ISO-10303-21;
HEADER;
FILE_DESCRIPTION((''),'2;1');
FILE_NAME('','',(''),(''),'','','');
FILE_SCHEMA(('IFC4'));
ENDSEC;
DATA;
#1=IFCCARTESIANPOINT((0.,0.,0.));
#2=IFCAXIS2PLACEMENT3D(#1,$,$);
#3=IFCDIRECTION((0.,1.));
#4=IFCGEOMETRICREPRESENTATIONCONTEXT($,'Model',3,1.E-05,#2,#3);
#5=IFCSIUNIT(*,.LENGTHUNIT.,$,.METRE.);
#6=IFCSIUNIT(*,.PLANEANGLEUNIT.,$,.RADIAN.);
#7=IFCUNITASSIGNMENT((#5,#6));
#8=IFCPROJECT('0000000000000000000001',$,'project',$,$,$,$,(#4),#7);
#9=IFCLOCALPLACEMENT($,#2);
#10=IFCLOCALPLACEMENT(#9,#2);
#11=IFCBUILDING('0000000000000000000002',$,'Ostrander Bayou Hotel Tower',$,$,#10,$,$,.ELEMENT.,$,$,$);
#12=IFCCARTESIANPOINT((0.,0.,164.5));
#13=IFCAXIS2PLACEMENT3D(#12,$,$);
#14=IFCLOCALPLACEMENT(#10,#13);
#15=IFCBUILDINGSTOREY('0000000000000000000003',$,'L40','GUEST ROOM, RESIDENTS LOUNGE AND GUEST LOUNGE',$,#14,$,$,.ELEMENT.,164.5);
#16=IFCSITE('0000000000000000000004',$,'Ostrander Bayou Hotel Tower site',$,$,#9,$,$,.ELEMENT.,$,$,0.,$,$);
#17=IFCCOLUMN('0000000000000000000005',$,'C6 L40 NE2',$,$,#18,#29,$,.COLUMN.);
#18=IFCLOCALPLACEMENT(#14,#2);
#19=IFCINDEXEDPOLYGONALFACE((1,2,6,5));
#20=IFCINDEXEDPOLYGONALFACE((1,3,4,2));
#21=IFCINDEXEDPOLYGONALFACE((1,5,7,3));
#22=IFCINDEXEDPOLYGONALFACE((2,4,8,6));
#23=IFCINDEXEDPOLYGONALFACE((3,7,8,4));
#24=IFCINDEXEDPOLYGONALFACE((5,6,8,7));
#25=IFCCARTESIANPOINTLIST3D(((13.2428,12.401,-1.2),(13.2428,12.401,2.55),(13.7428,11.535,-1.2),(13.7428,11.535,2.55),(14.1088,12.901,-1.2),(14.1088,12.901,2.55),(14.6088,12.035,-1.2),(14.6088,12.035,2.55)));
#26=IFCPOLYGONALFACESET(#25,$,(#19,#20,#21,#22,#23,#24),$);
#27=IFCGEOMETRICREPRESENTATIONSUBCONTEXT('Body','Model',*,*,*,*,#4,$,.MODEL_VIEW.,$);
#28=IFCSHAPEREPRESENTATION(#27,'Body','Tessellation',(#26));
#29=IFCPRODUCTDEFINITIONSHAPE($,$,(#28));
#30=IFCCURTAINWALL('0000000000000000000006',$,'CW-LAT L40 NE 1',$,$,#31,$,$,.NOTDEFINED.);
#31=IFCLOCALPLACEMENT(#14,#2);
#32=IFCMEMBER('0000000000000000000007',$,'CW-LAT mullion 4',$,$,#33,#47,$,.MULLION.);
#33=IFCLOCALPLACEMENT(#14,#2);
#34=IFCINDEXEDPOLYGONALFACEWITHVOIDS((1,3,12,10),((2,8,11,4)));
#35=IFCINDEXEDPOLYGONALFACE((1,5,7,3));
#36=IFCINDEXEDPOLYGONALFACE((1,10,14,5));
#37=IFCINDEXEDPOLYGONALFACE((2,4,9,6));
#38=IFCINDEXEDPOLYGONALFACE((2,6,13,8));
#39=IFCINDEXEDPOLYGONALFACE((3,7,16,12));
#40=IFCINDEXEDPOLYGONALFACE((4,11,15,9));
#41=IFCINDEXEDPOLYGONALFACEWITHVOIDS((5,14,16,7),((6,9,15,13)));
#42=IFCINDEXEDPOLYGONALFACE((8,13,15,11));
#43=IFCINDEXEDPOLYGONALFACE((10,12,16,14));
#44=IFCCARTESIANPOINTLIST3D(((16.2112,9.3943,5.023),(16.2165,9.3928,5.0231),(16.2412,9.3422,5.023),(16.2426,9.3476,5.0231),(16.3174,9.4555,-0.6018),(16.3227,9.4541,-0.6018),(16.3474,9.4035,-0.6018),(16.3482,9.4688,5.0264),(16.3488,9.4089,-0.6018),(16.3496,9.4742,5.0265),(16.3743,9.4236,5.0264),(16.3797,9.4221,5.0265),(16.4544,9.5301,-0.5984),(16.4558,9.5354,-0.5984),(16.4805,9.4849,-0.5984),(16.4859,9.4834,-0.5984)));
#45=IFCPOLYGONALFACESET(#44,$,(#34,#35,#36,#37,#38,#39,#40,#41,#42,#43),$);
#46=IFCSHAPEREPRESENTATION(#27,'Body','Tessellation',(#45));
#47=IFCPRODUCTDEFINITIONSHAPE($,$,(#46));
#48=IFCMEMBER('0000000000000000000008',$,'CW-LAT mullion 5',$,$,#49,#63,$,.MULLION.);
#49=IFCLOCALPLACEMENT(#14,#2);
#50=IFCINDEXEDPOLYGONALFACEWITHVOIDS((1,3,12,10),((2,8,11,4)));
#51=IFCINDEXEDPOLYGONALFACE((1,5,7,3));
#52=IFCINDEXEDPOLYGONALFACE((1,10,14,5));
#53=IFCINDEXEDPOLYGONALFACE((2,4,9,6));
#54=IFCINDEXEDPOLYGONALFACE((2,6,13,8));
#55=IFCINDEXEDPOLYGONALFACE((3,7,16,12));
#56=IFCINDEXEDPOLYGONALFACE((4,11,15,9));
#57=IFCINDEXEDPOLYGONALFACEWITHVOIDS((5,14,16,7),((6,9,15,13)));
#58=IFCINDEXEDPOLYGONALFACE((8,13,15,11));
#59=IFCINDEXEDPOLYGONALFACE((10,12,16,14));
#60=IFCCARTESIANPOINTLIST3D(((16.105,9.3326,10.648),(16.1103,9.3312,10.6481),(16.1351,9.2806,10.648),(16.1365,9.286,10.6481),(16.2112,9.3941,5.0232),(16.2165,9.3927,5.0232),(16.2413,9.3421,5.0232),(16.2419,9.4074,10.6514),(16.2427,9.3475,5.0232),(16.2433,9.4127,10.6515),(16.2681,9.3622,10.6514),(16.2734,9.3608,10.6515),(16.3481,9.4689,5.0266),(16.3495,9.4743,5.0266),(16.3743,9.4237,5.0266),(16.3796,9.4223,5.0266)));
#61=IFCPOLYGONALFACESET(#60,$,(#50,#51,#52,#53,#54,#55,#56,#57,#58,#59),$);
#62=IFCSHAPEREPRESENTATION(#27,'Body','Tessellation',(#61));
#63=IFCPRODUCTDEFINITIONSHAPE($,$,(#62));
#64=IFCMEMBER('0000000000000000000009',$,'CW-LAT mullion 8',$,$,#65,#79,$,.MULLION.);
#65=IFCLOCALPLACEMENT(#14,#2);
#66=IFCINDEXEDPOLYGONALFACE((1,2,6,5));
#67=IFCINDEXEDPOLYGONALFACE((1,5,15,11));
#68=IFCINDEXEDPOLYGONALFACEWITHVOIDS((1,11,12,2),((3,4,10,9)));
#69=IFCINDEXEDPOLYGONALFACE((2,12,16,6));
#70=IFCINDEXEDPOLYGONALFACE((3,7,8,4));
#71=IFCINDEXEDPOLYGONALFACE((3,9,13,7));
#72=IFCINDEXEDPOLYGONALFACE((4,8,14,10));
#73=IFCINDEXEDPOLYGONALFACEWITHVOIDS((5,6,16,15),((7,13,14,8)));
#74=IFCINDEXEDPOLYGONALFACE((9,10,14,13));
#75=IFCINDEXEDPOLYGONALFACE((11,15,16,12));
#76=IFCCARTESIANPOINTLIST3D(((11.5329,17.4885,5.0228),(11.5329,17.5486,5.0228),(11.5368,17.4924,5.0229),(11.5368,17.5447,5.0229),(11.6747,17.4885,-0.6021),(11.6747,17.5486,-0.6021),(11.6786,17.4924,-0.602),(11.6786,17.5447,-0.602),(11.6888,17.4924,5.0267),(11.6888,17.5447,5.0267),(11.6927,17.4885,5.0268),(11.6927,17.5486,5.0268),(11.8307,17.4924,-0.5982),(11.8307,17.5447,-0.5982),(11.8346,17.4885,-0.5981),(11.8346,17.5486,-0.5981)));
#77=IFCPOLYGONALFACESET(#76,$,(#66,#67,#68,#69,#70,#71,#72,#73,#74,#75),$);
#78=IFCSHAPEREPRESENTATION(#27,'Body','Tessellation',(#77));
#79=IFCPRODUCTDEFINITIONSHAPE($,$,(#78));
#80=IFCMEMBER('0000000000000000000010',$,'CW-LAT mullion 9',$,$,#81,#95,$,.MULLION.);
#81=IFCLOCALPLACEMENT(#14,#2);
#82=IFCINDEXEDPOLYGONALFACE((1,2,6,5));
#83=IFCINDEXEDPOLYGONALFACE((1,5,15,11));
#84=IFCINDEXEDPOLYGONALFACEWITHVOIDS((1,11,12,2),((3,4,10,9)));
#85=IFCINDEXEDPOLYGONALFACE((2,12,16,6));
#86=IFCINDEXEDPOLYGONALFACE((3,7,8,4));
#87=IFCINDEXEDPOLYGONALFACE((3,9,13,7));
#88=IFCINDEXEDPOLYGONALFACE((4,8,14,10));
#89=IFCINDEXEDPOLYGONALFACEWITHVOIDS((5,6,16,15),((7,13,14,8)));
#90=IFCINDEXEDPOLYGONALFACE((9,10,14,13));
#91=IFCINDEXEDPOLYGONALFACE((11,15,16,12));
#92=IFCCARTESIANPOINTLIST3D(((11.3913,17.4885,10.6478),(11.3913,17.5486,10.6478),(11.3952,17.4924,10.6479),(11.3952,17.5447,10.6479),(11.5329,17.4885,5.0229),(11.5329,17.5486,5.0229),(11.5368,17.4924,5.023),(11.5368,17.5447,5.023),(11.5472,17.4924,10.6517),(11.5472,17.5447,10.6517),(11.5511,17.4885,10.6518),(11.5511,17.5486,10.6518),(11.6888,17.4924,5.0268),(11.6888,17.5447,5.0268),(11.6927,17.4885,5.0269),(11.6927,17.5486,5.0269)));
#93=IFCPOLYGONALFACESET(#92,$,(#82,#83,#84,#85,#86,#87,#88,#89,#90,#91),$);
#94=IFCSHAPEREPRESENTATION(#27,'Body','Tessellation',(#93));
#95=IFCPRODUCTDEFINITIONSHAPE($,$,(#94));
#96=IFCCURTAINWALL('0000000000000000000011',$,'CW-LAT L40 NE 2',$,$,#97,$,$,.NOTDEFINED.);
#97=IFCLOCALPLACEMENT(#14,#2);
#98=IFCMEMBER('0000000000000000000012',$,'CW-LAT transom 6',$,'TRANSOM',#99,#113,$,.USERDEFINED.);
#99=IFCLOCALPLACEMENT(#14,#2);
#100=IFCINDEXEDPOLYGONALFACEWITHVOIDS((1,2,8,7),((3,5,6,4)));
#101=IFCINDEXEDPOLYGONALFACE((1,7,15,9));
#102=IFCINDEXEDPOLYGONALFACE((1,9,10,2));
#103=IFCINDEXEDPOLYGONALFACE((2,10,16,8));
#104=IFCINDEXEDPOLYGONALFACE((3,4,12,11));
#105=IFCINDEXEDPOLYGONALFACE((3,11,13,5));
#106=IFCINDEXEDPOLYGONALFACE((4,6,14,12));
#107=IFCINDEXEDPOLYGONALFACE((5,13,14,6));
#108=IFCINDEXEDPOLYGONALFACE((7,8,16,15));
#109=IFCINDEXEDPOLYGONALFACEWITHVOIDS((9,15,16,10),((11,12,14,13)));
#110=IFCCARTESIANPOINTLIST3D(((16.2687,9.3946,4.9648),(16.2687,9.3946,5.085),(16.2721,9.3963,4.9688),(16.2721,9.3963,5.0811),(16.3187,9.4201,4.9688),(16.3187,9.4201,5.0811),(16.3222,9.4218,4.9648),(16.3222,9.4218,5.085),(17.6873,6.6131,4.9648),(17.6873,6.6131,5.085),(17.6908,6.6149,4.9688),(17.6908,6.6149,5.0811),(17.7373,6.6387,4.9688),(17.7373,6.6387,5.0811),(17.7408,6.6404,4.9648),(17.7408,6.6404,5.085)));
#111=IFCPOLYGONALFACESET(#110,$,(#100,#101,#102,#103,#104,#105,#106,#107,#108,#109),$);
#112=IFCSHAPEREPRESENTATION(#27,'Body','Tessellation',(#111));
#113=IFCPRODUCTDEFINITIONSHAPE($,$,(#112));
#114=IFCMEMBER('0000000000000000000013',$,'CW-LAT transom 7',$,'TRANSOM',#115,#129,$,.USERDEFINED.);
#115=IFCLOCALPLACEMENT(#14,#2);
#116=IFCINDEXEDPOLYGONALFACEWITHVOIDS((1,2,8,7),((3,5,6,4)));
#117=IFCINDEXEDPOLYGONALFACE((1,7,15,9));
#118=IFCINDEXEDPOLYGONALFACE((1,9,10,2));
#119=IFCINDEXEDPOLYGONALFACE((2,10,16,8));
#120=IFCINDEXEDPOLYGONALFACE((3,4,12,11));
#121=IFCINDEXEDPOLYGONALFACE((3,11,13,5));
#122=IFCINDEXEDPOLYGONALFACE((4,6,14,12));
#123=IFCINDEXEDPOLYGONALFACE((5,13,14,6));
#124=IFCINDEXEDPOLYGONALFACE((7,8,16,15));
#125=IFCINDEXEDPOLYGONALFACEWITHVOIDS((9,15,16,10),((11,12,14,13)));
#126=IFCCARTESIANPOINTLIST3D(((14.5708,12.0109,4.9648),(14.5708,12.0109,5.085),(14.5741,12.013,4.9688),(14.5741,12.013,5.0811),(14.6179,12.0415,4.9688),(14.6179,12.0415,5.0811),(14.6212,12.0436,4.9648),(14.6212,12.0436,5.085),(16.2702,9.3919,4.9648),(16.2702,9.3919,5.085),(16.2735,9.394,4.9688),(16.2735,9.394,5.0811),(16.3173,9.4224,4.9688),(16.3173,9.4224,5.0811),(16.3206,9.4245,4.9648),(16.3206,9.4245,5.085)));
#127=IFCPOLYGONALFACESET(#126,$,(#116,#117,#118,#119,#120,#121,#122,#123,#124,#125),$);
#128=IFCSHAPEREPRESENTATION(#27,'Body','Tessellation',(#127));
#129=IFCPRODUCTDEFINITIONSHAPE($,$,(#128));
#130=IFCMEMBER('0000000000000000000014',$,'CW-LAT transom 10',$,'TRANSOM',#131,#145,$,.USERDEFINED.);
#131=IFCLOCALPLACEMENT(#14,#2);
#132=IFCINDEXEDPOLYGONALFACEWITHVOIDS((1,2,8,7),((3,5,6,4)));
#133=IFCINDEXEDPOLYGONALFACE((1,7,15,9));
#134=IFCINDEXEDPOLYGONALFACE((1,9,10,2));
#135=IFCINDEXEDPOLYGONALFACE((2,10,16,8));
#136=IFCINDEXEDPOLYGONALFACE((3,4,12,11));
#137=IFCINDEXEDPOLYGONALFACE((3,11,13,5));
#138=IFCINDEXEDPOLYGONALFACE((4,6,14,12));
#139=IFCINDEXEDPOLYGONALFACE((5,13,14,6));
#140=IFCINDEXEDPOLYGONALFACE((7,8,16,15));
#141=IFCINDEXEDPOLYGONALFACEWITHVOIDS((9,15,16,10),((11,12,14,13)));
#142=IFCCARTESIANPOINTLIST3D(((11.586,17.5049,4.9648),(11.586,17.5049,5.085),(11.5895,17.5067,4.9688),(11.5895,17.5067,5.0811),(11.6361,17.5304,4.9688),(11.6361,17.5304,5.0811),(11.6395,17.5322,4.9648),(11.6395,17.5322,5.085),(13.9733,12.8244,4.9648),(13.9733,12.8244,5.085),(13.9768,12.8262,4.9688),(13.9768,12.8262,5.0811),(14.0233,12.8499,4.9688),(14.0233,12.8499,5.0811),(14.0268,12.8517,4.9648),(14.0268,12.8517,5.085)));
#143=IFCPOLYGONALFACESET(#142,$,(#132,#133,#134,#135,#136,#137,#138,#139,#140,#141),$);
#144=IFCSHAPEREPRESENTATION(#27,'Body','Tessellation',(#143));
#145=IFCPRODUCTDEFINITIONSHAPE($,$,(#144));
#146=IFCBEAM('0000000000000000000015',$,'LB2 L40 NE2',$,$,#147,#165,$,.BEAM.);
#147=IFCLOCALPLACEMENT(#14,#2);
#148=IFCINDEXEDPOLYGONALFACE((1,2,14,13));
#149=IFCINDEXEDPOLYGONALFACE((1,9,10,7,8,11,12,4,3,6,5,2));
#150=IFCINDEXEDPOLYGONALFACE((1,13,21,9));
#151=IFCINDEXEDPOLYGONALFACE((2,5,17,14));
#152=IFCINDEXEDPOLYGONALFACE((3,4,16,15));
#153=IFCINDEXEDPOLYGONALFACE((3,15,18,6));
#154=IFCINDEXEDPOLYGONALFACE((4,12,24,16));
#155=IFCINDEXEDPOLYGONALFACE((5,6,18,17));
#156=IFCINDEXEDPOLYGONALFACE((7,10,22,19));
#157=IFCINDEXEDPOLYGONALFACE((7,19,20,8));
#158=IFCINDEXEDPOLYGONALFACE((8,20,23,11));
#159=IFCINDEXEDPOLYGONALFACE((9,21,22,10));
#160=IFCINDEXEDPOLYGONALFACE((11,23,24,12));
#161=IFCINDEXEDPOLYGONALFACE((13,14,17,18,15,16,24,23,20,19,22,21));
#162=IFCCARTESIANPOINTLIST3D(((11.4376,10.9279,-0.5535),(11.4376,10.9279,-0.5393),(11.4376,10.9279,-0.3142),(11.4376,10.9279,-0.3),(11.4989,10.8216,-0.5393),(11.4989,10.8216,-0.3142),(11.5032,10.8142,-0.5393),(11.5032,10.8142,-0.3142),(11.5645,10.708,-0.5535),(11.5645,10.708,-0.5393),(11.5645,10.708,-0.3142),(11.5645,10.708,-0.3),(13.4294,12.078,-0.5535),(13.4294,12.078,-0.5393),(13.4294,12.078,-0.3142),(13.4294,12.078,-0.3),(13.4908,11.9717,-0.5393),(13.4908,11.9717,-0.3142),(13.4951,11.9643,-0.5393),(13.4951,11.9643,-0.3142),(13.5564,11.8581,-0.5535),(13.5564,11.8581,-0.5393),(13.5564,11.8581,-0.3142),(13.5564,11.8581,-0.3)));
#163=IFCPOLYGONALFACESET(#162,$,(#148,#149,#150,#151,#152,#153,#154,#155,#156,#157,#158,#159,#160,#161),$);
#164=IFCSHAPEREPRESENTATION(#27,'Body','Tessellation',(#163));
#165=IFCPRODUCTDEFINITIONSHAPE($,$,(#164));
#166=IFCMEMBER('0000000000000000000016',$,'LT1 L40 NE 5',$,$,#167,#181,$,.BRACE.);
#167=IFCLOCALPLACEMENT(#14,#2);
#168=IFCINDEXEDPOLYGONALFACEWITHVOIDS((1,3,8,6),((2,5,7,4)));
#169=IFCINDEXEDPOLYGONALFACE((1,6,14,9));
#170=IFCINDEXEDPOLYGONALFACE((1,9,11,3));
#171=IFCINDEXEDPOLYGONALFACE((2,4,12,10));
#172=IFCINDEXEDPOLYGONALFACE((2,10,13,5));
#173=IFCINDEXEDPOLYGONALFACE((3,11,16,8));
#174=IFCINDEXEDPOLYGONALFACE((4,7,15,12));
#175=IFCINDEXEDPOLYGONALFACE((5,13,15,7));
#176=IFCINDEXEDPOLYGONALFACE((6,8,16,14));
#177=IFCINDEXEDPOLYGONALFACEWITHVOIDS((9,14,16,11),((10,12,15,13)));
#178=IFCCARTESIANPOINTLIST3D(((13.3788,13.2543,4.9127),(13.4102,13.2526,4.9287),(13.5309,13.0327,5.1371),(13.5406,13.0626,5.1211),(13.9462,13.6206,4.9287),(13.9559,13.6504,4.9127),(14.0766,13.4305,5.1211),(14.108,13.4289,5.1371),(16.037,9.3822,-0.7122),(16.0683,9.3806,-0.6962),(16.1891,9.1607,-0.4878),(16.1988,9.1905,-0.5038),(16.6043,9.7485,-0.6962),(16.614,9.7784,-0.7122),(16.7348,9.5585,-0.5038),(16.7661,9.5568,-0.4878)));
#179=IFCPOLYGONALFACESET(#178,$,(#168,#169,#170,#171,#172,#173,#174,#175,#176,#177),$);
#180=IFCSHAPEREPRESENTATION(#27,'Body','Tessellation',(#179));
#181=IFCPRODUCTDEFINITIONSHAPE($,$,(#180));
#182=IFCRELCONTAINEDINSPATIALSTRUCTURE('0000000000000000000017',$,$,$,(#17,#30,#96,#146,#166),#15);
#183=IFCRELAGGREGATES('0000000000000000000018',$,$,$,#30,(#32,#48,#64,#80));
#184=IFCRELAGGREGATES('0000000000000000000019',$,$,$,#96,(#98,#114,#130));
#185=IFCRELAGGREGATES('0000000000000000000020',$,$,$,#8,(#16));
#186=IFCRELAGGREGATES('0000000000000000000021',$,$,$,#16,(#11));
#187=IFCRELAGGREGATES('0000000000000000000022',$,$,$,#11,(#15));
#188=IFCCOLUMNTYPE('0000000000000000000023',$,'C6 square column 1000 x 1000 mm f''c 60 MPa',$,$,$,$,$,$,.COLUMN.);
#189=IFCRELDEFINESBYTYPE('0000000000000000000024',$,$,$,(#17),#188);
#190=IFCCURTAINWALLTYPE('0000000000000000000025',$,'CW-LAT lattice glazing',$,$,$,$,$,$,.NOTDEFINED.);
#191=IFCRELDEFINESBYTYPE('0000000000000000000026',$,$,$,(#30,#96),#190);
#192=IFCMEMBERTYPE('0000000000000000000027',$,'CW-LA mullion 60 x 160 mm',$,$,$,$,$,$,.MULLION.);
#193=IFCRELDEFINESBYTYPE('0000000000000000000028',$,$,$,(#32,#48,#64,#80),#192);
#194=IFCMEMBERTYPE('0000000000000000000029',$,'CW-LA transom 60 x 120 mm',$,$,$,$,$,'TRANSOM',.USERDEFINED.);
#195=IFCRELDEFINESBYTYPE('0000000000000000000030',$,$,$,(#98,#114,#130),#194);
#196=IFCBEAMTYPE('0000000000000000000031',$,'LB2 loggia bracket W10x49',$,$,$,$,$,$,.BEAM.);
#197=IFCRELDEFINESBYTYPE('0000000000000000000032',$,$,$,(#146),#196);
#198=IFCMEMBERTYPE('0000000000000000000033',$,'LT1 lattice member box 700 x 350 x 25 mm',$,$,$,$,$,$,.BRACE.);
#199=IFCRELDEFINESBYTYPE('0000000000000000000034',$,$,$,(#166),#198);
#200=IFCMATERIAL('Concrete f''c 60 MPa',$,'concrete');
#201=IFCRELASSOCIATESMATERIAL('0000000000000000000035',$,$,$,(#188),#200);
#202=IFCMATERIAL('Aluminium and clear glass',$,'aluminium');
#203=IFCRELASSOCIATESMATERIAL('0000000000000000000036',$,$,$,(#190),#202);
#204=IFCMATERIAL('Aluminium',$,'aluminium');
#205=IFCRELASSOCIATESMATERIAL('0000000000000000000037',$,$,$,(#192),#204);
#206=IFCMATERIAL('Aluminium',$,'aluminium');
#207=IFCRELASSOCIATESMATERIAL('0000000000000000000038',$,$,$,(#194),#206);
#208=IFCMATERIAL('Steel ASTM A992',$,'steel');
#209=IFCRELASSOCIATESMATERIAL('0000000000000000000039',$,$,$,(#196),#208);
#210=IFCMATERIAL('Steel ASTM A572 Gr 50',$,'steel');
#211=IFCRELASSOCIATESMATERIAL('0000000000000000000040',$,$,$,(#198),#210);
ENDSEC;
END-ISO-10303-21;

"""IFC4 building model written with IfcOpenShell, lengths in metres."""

from ifc_helpers import new_model, si_unit, direction, frame, origin, origin_2d, place, context, subcontext, project, spatial, rectangle, hollow_rectangle, i_section, extrude, material, material_profile, profile_set, type_object, element, aggregate, save


model = new_model("IFC4")

# Units and contexts
model_context = context("Model", 3, precision=1e-05, world=origin(), true_north=direction((0.0, 1.0)))
body_context = subcontext(model_context, "Body", "Model", "MODEL_VIEW")
ifc_project = project(units=[si_unit("LENGTHUNIT", "METRE"), si_unit("PLANEANGLEUNIT", "RADIAN")], contexts=[model_context])

# Site, building, storey
site_placement = place(None, origin())
site = spatial("IfcSite", under=ifc_project, at=site_placement, Name="Ostrander Bayou Hotel Tower site", CompositionType="ELEMENT", RefElevation=0.0)
building_placement = place(site_placement, origin())
building = spatial("IfcBuilding", under=site, at=building_placement, Name="Ostrander Bayou Hotel Tower", CompositionType="ELEMENT")
storey_placement = place(building_placement, frame((0.0, 0.0, 164.5)))
storey = spatial("IfcBuildingStorey", under=building, at=storey_placement, Name="L40", Description="GUEST ROOM, RESIDENTS LOUNGE AND GUEST LOUNGE", CompositionType="ELEMENT", Elevation=164.5)

# Column
ifc_material_1 = material(Name="Concrete f'c 60 MPa", Category="concrete")
ifc_material_profile_1 = material_profile(ifc_material_1, rectangle(XDim=1.0, YDim=1.0, at=origin_2d()))
ifc_profile_set_1 = profile_set([ifc_material_profile_1], Name="Concrete f'c 60 MPa")
column_type = type_object("IfcColumnType", Name="C6 square column 1000 x 1000 mm f'c 60 MPa", PredefinedType="COLUMN", material=ifc_profile_set_1)
column_placement = place(storey_placement, frame((13.9258, 12.218, -1.2), z_axis=(0.0, 0.0, 1.0), x_axis=(0.5, -0.866025, 0.0)))
element("IfcColumn", 1, at=column_placement, inside=storey, type_object=column_type, Name="C6 L40 NE2", PredefinedType="COLUMN", context=body_context, shape_type="SweptSolid", body=[
    extrude(rectangle(XDim=1.0, YDim=1.0, at=origin_2d()), origin(), (0.0, 0.0, 1.0), 3.75),
])

# Curtain walls, members
ifc_material_2 = material(Name="Aluminium and clear glass", Category="aluminium")
curtain_wall_type = type_object("IfcCurtainWallType", Name="CW-LAT lattice glazing", PredefinedType="NOTDEFINED", material=ifc_material_2)
curtain_wall_1_placement = place(storey_placement, origin())
curtain_wall_1 = element("IfcCurtainWall", 2, at=curtain_wall_1_placement, inside=storey, type_object=curtain_wall_type, Name="CW-LAT L40 NE 1", PredefinedType="NOTDEFINED")
ifc_material_3 = material(Name="Aluminium", Category="aluminium")
ifc_material_profile_2 = material_profile(ifc_material_3, hollow_rectangle(XDim=0.0601, YDim=0.1599, WallThickness=0.0039, at=origin_2d()))
ifc_profile_set_2 = profile_set([ifc_material_profile_2], Name="Aluminium")
member_type_1 = type_object("IfcMemberType", Name="CW-LA mullion 60 x 160 mm", PredefinedType="MULLION", material=ifc_profile_set_2)
member_1_placement = place(storey_placement, frame((16.4016, 9.4695, -0.6001), z_axis=(-0.018876, -0.010892, 0.999763), x_axis=(0.49978, -0.866152, 0.0)))
member_1 = element("IfcMember", 3, at=member_1_placement, type_object=member_type_1, Name="CW-LAT mullion 4", PredefinedType="MULLION", context=body_context, shape_type="SweptSolid", body=[
    extrude(hollow_rectangle(XDim=0.0601, YDim=0.1599, WallThickness=0.0039, at=origin_2d()), origin(), (0.0, 0.0, 1.0), 5.6262),
])
member_2_placement = place(storey_placement, frame((16.2954, 9.4082, 5.0249), z_axis=(-0.018876, -0.010935, 0.999762), x_axis=(0.501271, -0.86529, 0.0)))
member_2 = element("IfcMember", 4, at=member_2_placement, type_object=member_type_1, Name="CW-LAT mullion 5", PredefinedType="MULLION", context=body_context, shape_type="SweptSolid", body=[
    extrude(hollow_rectangle(XDim=0.0601, YDim=0.1599, WallThickness=0.0039, at=origin_2d()), origin(), (0.0, 0.0, 1.0), 5.6262),
])
member_3_placement = place(storey_placement, frame((11.7546, 17.5186, -0.6001), z_axis=(-0.025209, 0.0, 0.999682), x_axis=(0.0, -1.0, 0.0)))
member_3 = element("IfcMember", 5, at=member_3_placement, type_object=member_type_1, Name="CW-LAT mullion 8", PredefinedType="MULLION", context=body_context, shape_type="SweptSolid", body=[
    extrude(hollow_rectangle(XDim=0.0601, YDim=0.1599, WallThickness=0.0039, at=origin_2d()), origin(), (0.0, 0.0, 1.0), 5.6267),
])
member_4_placement = place(storey_placement, frame((11.6128, 17.5186, 5.0249), z_axis=(-0.025166, 0.0, 0.999683), x_axis=(0.0, -1.0, 0.0)))
member_4 = element("IfcMember", 6, at=member_4_placement, type_object=member_type_1, Name="CW-LAT mullion 9", PredefinedType="MULLION", context=body_context, shape_type="SweptSolid", body=[
    extrude(hollow_rectangle(XDim=0.0601, YDim=0.1599, WallThickness=0.0039, at=origin_2d()), origin(), (0.0, 0.0, 1.0), 5.6267),
])
curtain_wall_2_placement = place(storey_placement, origin())
curtain_wall_2 = element("IfcCurtainWall", 7, at=curtain_wall_2_placement, inside=storey, type_object=curtain_wall_type, Name="CW-LAT L40 NE 2", PredefinedType="NOTDEFINED")
ifc_material_4 = material(Name="Aluminium", Category="aluminium")
ifc_material_profile_3 = material_profile(ifc_material_4, hollow_rectangle(XDim=0.0601, YDim=0.1201, WallThickness=0.0039, at=origin_2d()))
ifc_profile_set_3 = profile_set([ifc_material_profile_3], Name="Aluminium")
member_type_2 = type_object("IfcMemberType", Name="CW-LA transom 60 x 120 mm", ElementType="TRANSOM", PredefinedType="USERDEFINED", material=ifc_profile_set_3)
member_5_placement = place(storey_placement, frame((16.2954, 9.4082, 5.0249), z_axis=(0.454361, -0.890817, 0.0), x_axis=(0.890817, 0.454361, 0.0)))
member_5 = element("IfcMember", 8, at=member_5_placement, type_object=member_type_2, Name="CW-LAT transom 6", ObjectType="TRANSOM", PredefinedType="USERDEFINED", context=body_context, shape_type="SweptSolid", body=[
    extrude(hollow_rectangle(XDim=0.0601, YDim=0.1201, WallThickness=0.0039, at=origin_2d()), origin(), (0.0, 0.0, 1.0), 3.1223),
])
member_6_placement = place(storey_placement, frame((16.2954, 9.4082, 5.0249), z_axis=(-0.544318, 0.838879, 0.0), x_axis=(-0.838879, -0.544318, 0.0)))
member_6 = element("IfcMember", 9, at=member_6_placement, type_object=member_type_2, Name="CW-LAT transom 7", ObjectType="TRANSOM", PredefinedType="USERDEFINED", context=body_context, shape_type="SweptSolid", body=[
    extrude(hollow_rectangle(XDim=0.0601, YDim=0.1201, WallThickness=0.0039, at=origin_2d()), origin(), (0.0, 0.0, 1.0), 3.1221),
])
member_7_placement = place(storey_placement, frame((11.6128, 17.5186, 5.0249), z_axis=(0.454355, -0.890821, 0.0), x_axis=(0.890821, 0.454355, 0.0)))
member_7 = element("IfcMember", 10, at=member_7_placement, type_object=member_type_2, Name="CW-LAT transom 10", ObjectType="TRANSOM", PredefinedType="USERDEFINED", context=body_context, shape_type="SweptSolid", body=[
    extrude(hollow_rectangle(XDim=0.0601, YDim=0.1201, WallThickness=0.0039, at=origin_2d()), origin(), (0.0, 0.0, 1.0), 5.2542),
])

# Beam
ifc_material_5 = material(Name="Steel ASTM A992", Category="steel")
ifc_material_profile_4 = material_profile(ifc_material_5, i_section(OverallWidth=0.2539, OverallDepth=0.2534, WebThickness=0.0085, FlangeThickness=0.0142, at=origin_2d()))
ifc_profile_set_4 = profile_set([ifc_material_profile_4], Name="Steel ASTM A992")
beam_type_1 = type_object("IfcBeamType", Name="LB2 loggia bracket W10x49", PredefinedType="BEAM", material=ifc_profile_set_4)
beam_1_placement = place(storey_placement, frame((13.4929, 11.968, -0.4268), z_axis=(-0.866007, -0.500032, 0.0), x_axis=(0.500032, -0.866007, 0.0)))
element("IfcBeam", 11, at=beam_1_placement, inside=storey, type_object=beam_type_1, Name="LB2 L40 NE2", PredefinedType="BEAM", context=body_context, shape_type="SweptSolid", body=[
    extrude(i_section(OverallWidth=0.2539, OverallDepth=0.2534, WebThickness=0.0085, FlangeThickness=0.0142, at=origin_2d()), origin(), (0.0, 0.0, 1.0), 2.3),
])

# Member
ifc_material_6 = material(Name="Steel ASTM A572 Gr 50", Category="steel")
ifc_material_profile_5 = material_profile(ifc_material_6, hollow_rectangle(XDim=0.7, YDim=0.3501, WallThickness=0.0249, at=origin_2d()))
ifc_profile_set_5 = profile_set([ifc_material_profile_5], Name="Steel ASTM A572 Gr 50")
member_type_3 = type_object("IfcMemberType", Name="LT1 lattice member box 700 x 350 x 25 mm", PredefinedType="BRACE", material=ifc_profile_set_5)
member_8_placement = place(storey_placement, frame((13.7434, 13.3416, 5.0249), z_axis=(0.362746, -0.528394, -0.767604), x_axis=(0.824424, 0.565973, 0.0)))
element("IfcMember", 12, at=member_8_placement, inside=storey, type_object=member_type_3, Name="LT1 L40 NE 5", PredefinedType="BRACE", context=body_context, shape_type="SweptSolid", body=[
    extrude(hollow_rectangle(XDim=0.7, YDim=0.3501, WallThickness=0.0249, at=origin_2d()), origin(), (0.0, 0.0, 1.0), 7.3279),
])

aggregate(curtain_wall_1, [member_1, member_2, member_3, member_4])
aggregate(curtain_wall_2, [member_5, member_6, member_7])

save(model, "model.ifc")
